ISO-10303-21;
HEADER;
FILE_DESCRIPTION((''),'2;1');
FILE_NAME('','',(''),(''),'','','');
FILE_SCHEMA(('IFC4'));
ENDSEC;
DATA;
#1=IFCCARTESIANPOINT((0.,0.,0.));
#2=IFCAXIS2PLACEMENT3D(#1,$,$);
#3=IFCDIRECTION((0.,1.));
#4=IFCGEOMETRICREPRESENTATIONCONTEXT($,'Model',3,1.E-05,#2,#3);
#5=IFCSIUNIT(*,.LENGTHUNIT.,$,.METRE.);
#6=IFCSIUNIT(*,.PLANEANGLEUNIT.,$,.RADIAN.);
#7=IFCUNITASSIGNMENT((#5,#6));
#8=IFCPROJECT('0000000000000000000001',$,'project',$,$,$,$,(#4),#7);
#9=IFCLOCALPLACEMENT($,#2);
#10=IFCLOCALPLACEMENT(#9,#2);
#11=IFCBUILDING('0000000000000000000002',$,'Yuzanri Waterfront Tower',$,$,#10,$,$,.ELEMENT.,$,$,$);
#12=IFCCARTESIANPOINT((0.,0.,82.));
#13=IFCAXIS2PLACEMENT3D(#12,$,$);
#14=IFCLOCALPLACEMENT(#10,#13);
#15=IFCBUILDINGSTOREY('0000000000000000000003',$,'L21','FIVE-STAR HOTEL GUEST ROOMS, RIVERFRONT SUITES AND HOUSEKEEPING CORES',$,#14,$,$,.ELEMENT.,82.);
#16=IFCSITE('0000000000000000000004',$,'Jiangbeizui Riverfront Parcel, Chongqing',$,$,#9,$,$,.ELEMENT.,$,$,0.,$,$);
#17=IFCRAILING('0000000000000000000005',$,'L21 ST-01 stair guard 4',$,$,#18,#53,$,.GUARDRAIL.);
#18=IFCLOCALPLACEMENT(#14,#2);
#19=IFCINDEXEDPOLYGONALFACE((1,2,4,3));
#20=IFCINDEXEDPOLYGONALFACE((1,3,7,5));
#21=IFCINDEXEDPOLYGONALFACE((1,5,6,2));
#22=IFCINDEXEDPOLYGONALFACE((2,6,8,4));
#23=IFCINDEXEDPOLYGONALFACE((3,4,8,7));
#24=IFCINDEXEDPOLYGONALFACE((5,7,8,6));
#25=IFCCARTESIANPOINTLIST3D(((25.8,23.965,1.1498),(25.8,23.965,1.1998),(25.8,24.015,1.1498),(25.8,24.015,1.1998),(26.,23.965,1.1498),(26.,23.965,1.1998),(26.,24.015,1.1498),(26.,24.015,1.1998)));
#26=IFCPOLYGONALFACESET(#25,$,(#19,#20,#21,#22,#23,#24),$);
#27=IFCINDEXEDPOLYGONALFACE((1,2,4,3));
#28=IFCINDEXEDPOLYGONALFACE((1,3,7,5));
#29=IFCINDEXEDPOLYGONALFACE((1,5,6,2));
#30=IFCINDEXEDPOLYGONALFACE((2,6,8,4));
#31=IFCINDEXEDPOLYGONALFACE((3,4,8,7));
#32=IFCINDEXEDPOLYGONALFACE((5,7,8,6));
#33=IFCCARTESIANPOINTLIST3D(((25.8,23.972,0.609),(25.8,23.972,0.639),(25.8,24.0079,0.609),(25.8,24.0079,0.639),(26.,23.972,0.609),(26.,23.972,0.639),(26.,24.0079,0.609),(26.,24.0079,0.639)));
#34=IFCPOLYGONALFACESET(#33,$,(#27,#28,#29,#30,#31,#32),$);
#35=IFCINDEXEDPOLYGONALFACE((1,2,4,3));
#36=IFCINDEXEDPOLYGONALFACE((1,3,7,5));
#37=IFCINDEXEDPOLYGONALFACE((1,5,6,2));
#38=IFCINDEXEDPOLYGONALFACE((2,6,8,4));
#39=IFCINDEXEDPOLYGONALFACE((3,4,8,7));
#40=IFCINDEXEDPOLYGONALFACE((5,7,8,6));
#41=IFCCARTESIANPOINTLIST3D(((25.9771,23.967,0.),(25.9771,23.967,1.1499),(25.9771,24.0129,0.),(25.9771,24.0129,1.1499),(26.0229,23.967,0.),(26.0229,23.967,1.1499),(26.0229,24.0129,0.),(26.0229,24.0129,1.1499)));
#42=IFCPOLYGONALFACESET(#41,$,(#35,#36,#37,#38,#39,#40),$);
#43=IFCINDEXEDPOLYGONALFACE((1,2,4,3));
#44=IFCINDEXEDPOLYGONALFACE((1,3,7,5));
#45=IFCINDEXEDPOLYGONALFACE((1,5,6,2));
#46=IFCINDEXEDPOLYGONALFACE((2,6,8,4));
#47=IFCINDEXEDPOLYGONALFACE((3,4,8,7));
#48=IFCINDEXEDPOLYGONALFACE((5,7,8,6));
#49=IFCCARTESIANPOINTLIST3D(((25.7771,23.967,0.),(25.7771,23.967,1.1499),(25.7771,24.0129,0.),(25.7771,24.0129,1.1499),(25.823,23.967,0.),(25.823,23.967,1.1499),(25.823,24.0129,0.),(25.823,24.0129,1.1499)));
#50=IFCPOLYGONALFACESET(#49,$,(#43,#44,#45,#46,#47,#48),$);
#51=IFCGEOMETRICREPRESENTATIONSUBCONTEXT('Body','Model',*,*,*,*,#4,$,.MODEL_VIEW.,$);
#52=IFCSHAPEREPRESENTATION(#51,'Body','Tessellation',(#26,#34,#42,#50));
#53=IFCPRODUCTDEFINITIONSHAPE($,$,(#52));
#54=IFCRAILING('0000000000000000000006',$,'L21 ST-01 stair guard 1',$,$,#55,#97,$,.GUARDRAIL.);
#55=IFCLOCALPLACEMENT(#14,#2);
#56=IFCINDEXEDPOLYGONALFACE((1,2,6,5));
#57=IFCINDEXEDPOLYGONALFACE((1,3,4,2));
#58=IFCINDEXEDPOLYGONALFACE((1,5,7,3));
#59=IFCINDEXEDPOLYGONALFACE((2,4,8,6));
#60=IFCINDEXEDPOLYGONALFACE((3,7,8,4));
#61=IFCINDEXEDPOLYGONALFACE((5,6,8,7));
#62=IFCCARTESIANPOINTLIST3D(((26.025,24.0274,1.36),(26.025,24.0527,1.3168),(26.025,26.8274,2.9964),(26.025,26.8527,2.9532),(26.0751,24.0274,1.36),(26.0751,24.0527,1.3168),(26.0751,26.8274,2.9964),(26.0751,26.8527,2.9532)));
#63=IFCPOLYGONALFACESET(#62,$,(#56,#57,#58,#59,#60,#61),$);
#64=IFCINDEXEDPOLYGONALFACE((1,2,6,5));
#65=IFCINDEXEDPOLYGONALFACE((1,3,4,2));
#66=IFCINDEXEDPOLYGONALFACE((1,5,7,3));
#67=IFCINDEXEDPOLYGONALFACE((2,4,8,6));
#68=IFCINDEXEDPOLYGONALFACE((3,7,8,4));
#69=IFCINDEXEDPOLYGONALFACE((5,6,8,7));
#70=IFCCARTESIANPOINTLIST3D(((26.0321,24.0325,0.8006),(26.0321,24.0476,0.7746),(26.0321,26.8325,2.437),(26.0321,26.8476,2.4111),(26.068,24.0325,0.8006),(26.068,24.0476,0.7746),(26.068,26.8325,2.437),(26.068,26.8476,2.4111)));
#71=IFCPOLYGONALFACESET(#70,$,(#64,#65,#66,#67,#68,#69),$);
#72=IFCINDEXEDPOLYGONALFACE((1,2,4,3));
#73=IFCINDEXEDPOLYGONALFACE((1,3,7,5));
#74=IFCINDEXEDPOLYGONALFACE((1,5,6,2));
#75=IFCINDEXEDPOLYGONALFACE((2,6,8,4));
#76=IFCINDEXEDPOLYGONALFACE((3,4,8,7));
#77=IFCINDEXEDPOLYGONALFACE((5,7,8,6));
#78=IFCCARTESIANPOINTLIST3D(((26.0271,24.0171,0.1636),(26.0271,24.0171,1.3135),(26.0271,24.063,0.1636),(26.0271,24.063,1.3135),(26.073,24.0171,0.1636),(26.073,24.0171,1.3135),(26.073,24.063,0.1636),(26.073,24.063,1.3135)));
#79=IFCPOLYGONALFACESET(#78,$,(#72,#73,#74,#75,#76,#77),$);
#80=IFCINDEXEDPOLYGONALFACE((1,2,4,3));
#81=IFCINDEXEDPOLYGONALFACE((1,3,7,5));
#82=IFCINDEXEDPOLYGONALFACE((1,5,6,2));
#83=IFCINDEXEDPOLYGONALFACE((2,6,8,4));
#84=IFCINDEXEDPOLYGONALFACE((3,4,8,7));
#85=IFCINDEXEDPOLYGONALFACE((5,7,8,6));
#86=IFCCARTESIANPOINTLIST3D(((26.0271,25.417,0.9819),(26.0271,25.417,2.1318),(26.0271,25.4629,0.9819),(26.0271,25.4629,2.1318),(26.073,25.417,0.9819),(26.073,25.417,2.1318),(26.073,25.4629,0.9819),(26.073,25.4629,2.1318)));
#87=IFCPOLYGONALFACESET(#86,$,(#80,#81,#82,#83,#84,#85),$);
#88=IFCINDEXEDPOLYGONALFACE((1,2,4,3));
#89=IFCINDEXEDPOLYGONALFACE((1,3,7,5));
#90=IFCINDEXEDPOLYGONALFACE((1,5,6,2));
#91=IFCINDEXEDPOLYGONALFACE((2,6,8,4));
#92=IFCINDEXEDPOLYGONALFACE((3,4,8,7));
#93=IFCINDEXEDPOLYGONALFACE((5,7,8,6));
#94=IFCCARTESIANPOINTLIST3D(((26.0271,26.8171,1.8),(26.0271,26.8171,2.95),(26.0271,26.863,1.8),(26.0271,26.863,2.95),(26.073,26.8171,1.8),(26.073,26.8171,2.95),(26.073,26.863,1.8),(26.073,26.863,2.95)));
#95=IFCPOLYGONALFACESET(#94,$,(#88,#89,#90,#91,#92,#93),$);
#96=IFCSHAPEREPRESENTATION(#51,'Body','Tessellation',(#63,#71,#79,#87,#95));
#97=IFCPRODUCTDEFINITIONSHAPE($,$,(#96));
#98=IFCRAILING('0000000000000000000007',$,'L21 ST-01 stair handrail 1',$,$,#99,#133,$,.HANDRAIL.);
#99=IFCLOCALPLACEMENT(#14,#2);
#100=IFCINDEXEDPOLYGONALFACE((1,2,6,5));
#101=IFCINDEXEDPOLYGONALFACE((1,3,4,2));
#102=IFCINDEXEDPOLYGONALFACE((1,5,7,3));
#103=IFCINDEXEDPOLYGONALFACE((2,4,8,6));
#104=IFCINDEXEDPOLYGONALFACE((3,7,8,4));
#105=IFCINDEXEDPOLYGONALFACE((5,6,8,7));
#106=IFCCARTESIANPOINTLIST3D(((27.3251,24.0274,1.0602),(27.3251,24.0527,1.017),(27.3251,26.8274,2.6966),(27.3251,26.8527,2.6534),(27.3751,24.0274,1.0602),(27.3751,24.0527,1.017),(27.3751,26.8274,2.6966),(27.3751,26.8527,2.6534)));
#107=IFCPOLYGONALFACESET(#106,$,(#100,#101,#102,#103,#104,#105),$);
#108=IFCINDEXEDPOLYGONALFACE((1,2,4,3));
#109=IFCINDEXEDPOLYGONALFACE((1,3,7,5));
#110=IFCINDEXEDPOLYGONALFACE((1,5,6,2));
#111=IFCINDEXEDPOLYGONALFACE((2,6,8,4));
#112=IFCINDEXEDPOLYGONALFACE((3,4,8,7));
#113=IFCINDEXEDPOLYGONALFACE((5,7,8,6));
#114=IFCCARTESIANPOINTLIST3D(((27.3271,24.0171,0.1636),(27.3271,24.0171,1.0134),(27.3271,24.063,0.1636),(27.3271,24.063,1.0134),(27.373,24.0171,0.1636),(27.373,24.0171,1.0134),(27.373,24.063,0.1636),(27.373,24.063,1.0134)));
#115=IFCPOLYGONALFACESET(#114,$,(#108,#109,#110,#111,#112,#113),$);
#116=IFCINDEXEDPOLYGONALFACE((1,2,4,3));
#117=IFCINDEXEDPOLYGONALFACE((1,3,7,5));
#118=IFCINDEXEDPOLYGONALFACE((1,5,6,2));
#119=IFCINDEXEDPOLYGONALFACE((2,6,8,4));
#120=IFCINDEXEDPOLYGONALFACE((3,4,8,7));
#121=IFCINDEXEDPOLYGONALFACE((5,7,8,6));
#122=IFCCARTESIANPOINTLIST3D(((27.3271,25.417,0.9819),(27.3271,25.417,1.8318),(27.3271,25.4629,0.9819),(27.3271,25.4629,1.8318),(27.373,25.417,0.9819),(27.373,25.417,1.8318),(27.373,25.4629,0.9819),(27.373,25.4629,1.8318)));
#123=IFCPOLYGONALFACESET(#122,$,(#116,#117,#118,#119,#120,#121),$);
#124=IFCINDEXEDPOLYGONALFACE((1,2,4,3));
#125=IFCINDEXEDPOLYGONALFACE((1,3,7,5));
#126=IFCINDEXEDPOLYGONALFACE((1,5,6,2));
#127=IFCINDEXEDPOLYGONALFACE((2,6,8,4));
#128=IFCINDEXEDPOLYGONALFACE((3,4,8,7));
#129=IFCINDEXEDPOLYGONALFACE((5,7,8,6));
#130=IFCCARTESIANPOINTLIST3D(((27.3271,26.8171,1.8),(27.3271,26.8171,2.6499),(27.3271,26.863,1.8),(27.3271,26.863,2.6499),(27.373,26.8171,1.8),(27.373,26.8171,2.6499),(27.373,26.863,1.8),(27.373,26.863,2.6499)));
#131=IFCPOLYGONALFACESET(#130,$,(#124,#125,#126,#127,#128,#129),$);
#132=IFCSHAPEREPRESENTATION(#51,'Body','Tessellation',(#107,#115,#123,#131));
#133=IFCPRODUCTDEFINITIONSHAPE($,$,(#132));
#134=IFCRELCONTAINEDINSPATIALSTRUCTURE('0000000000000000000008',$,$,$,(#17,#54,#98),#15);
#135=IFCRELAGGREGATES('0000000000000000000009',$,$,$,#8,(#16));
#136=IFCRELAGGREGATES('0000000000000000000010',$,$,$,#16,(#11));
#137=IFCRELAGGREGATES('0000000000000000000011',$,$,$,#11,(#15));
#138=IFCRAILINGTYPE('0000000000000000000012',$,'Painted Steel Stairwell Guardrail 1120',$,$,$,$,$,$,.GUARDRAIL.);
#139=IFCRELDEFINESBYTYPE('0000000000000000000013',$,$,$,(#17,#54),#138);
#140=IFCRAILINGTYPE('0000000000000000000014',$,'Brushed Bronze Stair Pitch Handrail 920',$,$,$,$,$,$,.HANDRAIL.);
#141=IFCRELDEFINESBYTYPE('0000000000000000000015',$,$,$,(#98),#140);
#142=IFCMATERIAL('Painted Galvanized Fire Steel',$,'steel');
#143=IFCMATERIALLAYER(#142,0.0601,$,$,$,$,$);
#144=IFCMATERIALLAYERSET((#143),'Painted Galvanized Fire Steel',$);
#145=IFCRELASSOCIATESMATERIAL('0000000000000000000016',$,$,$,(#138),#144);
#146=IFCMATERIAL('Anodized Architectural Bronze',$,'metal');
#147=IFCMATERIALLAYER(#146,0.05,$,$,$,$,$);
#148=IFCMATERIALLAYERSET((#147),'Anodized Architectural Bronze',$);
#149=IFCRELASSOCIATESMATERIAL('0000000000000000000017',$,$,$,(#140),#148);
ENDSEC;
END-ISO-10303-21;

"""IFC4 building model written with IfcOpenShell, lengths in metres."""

from ifc_helpers import new_model, si_unit, direction, frame, origin, origin_2d, place, context, subcontext, project, spatial, rectangle, extrude, source, transform, mapped, material, layer, layer_set, type_object, element, save


model = new_model("IFC4")

# Units and contexts
model_context = context("Model", 3, precision=1e-05, world=origin(), true_north=direction((0.0, 1.0)))
body_context = subcontext(model_context, "Body", "Model", "MODEL_VIEW")
ifc_project = project(units=[si_unit("LENGTHUNIT", "METRE"), si_unit("PLANEANGLEUNIT", "RADIAN")], contexts=[model_context])

# Site, building, storey
site_placement = place(None, origin())
site = spatial("IfcSite", under=ifc_project, at=site_placement, Name="Jiangbeizui Riverfront Parcel, Chongqing", CompositionType="ELEMENT", RefElevation=0.0)
building_placement = place(site_placement, origin())
building = spatial("IfcBuilding", under=site, at=building_placement, Name="Yuzanri Waterfront Tower", CompositionType="ELEMENT")
storey_placement = place(building_placement, frame((0.0, 0.0, 82.0)))
storey = spatial("IfcBuildingStorey", under=building, at=storey_placement, Name="L21", Description="FIVE-STAR HOTEL GUEST ROOMS, RIVERFRONT SUITES AND HOUSEKEEPING CORES", CompositionType="ELEMENT", Elevation=82.0)

# Railings
ifc_material_1 = material(Name="Painted Galvanized Fire Steel", Category="steel")
ifc_layer_1 = layer(ifc_material_1, 0.0601)
ifc_layer_set_1 = layer_set([ifc_layer_1], Name="Painted Galvanized Fire Steel")
railing_type_1 = type_object("IfcRailingType", Name="Painted Steel Stairwell Guardrail 1120", PredefinedType="GUARDRAIL", material=ifc_layer_set_1)
shared_shape_1 = source(origin(), body_context, "Body", "SweptSolid", [
    extrude(rectangle(XDim=0.05, YDim=0.05, at=origin_2d()), frame((0.0, 0.0, 1.1748), z_axis=(-1.0, 0.0, 0.0), x_axis=(0.0, -1.0, 0.0)), (0.0, 0.0, 1.0), 0.2),
    extrude(rectangle(XDim=0.0359, YDim=0.03, at=origin_2d()), frame((0.0, 0.0, 0.624), z_axis=(-1.0, 0.0, 0.0), x_axis=(0.0, -1.0, 0.0)), (0.0, 0.0, 1.0), 0.2),
    extrude(rectangle(XDim=0.0459, YDim=0.0459, at=origin_2d()), origin(), (0.0, 0.0, 1.0), 1.1499),
    extrude(rectangle(XDim=0.0459, YDim=0.0459, at=origin_2d()), frame((-0.2, 0.0, 0.0)), (0.0, 0.0, 1.0), 1.1499),
])
railing_1_placement = place(storey_placement, frame((26.0, 23.99, 0.0)))
element("IfcRailing", 1, at=railing_1_placement, inside=storey, type_object=railing_type_1, Name="L21 ST-01 stair guard 4", PredefinedType="GUARDRAIL", context=body_context, shape_type="MappedRepresentation", body=[
    mapped(shared_shape_1, transform((0.0, 0.0, 0.0), scale=1.0)),
])
shared_shape_2 = source(origin(), body_context, "Body", "SweptSolid", [
    extrude(rectangle(XDim=0.05, YDim=0.05, at=origin_2d()), frame((0.0, 0.0, 1.1748), z_axis=(0.0, 0.863361, 0.504587), x_axis=(-1.0, 0.0, 0.0)), (0.0, 0.0, 1.0), 3.2432),
    extrude(rectangle(XDim=0.0359, YDim=0.03, at=origin_2d()), frame((0.0, 0.0, 0.624), z_axis=(0.0, 0.863361, 0.504587), x_axis=(-1.0, 0.0, 0.0)), (0.0, 0.0, 1.0), 3.2432),
    extrude(rectangle(XDim=0.0459, YDim=0.0459, at=origin_2d()), origin(), (0.0, 0.0, 1.0), 1.1499),
    extrude(rectangle(XDim=0.0459, YDim=0.0459, at=origin_2d()), frame((0.0, 1.3999, 0.8184)), (0.0, 0.0, 1.0), 1.1499),
    extrude(rectangle(XDim=0.0459, YDim=0.0459, at=origin_2d()), frame((0.0, 2.8, 1.6365)), (0.0, 0.0, 1.0), 1.1499),
])
railing_2_placement = place(storey_placement, frame((26.05, 24.04, 0.1636)))
element("IfcRailing", 2, at=railing_2_placement, inside=storey, type_object=railing_type_1, Name="L21 ST-01 stair guard 1", PredefinedType="GUARDRAIL", context=body_context, shape_type="MappedRepresentation", body=[
    mapped(shared_shape_2, transform((0.0, 0.0, 0.0), scale=1.0)),
])
ifc_material_2 = material(Name="Anodized Architectural Bronze", Category="metal")
ifc_layer_2 = layer(ifc_material_2, 0.05)
ifc_layer_set_2 = layer_set([ifc_layer_2], Name="Anodized Architectural Bronze")
railing_type_2 = type_object("IfcRailingType", Name="Brushed Bronze Stair Pitch Handrail 920", PredefinedType="HANDRAIL", material=ifc_layer_set_2)
shared_shape_3 = source(origin(), body_context, "Body", "SweptSolid", [
    extrude(rectangle(XDim=0.05, YDim=0.05, at=origin_2d()), frame((0.0, 0.0, 0.875), z_axis=(0.0, 0.863361, 0.504587), x_axis=(-1.0, 0.0, 0.0)), (0.0, 0.0, 1.0), 3.2432),
    extrude(rectangle(XDim=0.0459, YDim=0.0459, at=origin_2d()), origin(), (0.0, 0.0, 1.0), 0.8499),
    extrude(rectangle(XDim=0.0459, YDim=0.0459, at=origin_2d()), frame((0.0, 1.3999, 0.8184)), (0.0, 0.0, 1.0), 0.8499),
    extrude(rectangle(XDim=0.0459, YDim=0.0459, at=origin_2d()), frame((0.0, 2.8, 1.6365)), (0.0, 0.0, 1.0), 0.8499),
])
railing_3_placement = place(storey_placement, frame((27.3501, 24.04, 0.1636)))
element("IfcRailing", 3, at=railing_3_placement, inside=storey, type_object=railing_type_2, Name="L21 ST-01 stair handrail 1", PredefinedType="HANDRAIL", context=body_context, shape_type="MappedRepresentation", body=[
    mapped(shared_shape_3, transform((0.0, 0.0, 0.0), scale=1.0)),
])

save(model, "model.ifc")
